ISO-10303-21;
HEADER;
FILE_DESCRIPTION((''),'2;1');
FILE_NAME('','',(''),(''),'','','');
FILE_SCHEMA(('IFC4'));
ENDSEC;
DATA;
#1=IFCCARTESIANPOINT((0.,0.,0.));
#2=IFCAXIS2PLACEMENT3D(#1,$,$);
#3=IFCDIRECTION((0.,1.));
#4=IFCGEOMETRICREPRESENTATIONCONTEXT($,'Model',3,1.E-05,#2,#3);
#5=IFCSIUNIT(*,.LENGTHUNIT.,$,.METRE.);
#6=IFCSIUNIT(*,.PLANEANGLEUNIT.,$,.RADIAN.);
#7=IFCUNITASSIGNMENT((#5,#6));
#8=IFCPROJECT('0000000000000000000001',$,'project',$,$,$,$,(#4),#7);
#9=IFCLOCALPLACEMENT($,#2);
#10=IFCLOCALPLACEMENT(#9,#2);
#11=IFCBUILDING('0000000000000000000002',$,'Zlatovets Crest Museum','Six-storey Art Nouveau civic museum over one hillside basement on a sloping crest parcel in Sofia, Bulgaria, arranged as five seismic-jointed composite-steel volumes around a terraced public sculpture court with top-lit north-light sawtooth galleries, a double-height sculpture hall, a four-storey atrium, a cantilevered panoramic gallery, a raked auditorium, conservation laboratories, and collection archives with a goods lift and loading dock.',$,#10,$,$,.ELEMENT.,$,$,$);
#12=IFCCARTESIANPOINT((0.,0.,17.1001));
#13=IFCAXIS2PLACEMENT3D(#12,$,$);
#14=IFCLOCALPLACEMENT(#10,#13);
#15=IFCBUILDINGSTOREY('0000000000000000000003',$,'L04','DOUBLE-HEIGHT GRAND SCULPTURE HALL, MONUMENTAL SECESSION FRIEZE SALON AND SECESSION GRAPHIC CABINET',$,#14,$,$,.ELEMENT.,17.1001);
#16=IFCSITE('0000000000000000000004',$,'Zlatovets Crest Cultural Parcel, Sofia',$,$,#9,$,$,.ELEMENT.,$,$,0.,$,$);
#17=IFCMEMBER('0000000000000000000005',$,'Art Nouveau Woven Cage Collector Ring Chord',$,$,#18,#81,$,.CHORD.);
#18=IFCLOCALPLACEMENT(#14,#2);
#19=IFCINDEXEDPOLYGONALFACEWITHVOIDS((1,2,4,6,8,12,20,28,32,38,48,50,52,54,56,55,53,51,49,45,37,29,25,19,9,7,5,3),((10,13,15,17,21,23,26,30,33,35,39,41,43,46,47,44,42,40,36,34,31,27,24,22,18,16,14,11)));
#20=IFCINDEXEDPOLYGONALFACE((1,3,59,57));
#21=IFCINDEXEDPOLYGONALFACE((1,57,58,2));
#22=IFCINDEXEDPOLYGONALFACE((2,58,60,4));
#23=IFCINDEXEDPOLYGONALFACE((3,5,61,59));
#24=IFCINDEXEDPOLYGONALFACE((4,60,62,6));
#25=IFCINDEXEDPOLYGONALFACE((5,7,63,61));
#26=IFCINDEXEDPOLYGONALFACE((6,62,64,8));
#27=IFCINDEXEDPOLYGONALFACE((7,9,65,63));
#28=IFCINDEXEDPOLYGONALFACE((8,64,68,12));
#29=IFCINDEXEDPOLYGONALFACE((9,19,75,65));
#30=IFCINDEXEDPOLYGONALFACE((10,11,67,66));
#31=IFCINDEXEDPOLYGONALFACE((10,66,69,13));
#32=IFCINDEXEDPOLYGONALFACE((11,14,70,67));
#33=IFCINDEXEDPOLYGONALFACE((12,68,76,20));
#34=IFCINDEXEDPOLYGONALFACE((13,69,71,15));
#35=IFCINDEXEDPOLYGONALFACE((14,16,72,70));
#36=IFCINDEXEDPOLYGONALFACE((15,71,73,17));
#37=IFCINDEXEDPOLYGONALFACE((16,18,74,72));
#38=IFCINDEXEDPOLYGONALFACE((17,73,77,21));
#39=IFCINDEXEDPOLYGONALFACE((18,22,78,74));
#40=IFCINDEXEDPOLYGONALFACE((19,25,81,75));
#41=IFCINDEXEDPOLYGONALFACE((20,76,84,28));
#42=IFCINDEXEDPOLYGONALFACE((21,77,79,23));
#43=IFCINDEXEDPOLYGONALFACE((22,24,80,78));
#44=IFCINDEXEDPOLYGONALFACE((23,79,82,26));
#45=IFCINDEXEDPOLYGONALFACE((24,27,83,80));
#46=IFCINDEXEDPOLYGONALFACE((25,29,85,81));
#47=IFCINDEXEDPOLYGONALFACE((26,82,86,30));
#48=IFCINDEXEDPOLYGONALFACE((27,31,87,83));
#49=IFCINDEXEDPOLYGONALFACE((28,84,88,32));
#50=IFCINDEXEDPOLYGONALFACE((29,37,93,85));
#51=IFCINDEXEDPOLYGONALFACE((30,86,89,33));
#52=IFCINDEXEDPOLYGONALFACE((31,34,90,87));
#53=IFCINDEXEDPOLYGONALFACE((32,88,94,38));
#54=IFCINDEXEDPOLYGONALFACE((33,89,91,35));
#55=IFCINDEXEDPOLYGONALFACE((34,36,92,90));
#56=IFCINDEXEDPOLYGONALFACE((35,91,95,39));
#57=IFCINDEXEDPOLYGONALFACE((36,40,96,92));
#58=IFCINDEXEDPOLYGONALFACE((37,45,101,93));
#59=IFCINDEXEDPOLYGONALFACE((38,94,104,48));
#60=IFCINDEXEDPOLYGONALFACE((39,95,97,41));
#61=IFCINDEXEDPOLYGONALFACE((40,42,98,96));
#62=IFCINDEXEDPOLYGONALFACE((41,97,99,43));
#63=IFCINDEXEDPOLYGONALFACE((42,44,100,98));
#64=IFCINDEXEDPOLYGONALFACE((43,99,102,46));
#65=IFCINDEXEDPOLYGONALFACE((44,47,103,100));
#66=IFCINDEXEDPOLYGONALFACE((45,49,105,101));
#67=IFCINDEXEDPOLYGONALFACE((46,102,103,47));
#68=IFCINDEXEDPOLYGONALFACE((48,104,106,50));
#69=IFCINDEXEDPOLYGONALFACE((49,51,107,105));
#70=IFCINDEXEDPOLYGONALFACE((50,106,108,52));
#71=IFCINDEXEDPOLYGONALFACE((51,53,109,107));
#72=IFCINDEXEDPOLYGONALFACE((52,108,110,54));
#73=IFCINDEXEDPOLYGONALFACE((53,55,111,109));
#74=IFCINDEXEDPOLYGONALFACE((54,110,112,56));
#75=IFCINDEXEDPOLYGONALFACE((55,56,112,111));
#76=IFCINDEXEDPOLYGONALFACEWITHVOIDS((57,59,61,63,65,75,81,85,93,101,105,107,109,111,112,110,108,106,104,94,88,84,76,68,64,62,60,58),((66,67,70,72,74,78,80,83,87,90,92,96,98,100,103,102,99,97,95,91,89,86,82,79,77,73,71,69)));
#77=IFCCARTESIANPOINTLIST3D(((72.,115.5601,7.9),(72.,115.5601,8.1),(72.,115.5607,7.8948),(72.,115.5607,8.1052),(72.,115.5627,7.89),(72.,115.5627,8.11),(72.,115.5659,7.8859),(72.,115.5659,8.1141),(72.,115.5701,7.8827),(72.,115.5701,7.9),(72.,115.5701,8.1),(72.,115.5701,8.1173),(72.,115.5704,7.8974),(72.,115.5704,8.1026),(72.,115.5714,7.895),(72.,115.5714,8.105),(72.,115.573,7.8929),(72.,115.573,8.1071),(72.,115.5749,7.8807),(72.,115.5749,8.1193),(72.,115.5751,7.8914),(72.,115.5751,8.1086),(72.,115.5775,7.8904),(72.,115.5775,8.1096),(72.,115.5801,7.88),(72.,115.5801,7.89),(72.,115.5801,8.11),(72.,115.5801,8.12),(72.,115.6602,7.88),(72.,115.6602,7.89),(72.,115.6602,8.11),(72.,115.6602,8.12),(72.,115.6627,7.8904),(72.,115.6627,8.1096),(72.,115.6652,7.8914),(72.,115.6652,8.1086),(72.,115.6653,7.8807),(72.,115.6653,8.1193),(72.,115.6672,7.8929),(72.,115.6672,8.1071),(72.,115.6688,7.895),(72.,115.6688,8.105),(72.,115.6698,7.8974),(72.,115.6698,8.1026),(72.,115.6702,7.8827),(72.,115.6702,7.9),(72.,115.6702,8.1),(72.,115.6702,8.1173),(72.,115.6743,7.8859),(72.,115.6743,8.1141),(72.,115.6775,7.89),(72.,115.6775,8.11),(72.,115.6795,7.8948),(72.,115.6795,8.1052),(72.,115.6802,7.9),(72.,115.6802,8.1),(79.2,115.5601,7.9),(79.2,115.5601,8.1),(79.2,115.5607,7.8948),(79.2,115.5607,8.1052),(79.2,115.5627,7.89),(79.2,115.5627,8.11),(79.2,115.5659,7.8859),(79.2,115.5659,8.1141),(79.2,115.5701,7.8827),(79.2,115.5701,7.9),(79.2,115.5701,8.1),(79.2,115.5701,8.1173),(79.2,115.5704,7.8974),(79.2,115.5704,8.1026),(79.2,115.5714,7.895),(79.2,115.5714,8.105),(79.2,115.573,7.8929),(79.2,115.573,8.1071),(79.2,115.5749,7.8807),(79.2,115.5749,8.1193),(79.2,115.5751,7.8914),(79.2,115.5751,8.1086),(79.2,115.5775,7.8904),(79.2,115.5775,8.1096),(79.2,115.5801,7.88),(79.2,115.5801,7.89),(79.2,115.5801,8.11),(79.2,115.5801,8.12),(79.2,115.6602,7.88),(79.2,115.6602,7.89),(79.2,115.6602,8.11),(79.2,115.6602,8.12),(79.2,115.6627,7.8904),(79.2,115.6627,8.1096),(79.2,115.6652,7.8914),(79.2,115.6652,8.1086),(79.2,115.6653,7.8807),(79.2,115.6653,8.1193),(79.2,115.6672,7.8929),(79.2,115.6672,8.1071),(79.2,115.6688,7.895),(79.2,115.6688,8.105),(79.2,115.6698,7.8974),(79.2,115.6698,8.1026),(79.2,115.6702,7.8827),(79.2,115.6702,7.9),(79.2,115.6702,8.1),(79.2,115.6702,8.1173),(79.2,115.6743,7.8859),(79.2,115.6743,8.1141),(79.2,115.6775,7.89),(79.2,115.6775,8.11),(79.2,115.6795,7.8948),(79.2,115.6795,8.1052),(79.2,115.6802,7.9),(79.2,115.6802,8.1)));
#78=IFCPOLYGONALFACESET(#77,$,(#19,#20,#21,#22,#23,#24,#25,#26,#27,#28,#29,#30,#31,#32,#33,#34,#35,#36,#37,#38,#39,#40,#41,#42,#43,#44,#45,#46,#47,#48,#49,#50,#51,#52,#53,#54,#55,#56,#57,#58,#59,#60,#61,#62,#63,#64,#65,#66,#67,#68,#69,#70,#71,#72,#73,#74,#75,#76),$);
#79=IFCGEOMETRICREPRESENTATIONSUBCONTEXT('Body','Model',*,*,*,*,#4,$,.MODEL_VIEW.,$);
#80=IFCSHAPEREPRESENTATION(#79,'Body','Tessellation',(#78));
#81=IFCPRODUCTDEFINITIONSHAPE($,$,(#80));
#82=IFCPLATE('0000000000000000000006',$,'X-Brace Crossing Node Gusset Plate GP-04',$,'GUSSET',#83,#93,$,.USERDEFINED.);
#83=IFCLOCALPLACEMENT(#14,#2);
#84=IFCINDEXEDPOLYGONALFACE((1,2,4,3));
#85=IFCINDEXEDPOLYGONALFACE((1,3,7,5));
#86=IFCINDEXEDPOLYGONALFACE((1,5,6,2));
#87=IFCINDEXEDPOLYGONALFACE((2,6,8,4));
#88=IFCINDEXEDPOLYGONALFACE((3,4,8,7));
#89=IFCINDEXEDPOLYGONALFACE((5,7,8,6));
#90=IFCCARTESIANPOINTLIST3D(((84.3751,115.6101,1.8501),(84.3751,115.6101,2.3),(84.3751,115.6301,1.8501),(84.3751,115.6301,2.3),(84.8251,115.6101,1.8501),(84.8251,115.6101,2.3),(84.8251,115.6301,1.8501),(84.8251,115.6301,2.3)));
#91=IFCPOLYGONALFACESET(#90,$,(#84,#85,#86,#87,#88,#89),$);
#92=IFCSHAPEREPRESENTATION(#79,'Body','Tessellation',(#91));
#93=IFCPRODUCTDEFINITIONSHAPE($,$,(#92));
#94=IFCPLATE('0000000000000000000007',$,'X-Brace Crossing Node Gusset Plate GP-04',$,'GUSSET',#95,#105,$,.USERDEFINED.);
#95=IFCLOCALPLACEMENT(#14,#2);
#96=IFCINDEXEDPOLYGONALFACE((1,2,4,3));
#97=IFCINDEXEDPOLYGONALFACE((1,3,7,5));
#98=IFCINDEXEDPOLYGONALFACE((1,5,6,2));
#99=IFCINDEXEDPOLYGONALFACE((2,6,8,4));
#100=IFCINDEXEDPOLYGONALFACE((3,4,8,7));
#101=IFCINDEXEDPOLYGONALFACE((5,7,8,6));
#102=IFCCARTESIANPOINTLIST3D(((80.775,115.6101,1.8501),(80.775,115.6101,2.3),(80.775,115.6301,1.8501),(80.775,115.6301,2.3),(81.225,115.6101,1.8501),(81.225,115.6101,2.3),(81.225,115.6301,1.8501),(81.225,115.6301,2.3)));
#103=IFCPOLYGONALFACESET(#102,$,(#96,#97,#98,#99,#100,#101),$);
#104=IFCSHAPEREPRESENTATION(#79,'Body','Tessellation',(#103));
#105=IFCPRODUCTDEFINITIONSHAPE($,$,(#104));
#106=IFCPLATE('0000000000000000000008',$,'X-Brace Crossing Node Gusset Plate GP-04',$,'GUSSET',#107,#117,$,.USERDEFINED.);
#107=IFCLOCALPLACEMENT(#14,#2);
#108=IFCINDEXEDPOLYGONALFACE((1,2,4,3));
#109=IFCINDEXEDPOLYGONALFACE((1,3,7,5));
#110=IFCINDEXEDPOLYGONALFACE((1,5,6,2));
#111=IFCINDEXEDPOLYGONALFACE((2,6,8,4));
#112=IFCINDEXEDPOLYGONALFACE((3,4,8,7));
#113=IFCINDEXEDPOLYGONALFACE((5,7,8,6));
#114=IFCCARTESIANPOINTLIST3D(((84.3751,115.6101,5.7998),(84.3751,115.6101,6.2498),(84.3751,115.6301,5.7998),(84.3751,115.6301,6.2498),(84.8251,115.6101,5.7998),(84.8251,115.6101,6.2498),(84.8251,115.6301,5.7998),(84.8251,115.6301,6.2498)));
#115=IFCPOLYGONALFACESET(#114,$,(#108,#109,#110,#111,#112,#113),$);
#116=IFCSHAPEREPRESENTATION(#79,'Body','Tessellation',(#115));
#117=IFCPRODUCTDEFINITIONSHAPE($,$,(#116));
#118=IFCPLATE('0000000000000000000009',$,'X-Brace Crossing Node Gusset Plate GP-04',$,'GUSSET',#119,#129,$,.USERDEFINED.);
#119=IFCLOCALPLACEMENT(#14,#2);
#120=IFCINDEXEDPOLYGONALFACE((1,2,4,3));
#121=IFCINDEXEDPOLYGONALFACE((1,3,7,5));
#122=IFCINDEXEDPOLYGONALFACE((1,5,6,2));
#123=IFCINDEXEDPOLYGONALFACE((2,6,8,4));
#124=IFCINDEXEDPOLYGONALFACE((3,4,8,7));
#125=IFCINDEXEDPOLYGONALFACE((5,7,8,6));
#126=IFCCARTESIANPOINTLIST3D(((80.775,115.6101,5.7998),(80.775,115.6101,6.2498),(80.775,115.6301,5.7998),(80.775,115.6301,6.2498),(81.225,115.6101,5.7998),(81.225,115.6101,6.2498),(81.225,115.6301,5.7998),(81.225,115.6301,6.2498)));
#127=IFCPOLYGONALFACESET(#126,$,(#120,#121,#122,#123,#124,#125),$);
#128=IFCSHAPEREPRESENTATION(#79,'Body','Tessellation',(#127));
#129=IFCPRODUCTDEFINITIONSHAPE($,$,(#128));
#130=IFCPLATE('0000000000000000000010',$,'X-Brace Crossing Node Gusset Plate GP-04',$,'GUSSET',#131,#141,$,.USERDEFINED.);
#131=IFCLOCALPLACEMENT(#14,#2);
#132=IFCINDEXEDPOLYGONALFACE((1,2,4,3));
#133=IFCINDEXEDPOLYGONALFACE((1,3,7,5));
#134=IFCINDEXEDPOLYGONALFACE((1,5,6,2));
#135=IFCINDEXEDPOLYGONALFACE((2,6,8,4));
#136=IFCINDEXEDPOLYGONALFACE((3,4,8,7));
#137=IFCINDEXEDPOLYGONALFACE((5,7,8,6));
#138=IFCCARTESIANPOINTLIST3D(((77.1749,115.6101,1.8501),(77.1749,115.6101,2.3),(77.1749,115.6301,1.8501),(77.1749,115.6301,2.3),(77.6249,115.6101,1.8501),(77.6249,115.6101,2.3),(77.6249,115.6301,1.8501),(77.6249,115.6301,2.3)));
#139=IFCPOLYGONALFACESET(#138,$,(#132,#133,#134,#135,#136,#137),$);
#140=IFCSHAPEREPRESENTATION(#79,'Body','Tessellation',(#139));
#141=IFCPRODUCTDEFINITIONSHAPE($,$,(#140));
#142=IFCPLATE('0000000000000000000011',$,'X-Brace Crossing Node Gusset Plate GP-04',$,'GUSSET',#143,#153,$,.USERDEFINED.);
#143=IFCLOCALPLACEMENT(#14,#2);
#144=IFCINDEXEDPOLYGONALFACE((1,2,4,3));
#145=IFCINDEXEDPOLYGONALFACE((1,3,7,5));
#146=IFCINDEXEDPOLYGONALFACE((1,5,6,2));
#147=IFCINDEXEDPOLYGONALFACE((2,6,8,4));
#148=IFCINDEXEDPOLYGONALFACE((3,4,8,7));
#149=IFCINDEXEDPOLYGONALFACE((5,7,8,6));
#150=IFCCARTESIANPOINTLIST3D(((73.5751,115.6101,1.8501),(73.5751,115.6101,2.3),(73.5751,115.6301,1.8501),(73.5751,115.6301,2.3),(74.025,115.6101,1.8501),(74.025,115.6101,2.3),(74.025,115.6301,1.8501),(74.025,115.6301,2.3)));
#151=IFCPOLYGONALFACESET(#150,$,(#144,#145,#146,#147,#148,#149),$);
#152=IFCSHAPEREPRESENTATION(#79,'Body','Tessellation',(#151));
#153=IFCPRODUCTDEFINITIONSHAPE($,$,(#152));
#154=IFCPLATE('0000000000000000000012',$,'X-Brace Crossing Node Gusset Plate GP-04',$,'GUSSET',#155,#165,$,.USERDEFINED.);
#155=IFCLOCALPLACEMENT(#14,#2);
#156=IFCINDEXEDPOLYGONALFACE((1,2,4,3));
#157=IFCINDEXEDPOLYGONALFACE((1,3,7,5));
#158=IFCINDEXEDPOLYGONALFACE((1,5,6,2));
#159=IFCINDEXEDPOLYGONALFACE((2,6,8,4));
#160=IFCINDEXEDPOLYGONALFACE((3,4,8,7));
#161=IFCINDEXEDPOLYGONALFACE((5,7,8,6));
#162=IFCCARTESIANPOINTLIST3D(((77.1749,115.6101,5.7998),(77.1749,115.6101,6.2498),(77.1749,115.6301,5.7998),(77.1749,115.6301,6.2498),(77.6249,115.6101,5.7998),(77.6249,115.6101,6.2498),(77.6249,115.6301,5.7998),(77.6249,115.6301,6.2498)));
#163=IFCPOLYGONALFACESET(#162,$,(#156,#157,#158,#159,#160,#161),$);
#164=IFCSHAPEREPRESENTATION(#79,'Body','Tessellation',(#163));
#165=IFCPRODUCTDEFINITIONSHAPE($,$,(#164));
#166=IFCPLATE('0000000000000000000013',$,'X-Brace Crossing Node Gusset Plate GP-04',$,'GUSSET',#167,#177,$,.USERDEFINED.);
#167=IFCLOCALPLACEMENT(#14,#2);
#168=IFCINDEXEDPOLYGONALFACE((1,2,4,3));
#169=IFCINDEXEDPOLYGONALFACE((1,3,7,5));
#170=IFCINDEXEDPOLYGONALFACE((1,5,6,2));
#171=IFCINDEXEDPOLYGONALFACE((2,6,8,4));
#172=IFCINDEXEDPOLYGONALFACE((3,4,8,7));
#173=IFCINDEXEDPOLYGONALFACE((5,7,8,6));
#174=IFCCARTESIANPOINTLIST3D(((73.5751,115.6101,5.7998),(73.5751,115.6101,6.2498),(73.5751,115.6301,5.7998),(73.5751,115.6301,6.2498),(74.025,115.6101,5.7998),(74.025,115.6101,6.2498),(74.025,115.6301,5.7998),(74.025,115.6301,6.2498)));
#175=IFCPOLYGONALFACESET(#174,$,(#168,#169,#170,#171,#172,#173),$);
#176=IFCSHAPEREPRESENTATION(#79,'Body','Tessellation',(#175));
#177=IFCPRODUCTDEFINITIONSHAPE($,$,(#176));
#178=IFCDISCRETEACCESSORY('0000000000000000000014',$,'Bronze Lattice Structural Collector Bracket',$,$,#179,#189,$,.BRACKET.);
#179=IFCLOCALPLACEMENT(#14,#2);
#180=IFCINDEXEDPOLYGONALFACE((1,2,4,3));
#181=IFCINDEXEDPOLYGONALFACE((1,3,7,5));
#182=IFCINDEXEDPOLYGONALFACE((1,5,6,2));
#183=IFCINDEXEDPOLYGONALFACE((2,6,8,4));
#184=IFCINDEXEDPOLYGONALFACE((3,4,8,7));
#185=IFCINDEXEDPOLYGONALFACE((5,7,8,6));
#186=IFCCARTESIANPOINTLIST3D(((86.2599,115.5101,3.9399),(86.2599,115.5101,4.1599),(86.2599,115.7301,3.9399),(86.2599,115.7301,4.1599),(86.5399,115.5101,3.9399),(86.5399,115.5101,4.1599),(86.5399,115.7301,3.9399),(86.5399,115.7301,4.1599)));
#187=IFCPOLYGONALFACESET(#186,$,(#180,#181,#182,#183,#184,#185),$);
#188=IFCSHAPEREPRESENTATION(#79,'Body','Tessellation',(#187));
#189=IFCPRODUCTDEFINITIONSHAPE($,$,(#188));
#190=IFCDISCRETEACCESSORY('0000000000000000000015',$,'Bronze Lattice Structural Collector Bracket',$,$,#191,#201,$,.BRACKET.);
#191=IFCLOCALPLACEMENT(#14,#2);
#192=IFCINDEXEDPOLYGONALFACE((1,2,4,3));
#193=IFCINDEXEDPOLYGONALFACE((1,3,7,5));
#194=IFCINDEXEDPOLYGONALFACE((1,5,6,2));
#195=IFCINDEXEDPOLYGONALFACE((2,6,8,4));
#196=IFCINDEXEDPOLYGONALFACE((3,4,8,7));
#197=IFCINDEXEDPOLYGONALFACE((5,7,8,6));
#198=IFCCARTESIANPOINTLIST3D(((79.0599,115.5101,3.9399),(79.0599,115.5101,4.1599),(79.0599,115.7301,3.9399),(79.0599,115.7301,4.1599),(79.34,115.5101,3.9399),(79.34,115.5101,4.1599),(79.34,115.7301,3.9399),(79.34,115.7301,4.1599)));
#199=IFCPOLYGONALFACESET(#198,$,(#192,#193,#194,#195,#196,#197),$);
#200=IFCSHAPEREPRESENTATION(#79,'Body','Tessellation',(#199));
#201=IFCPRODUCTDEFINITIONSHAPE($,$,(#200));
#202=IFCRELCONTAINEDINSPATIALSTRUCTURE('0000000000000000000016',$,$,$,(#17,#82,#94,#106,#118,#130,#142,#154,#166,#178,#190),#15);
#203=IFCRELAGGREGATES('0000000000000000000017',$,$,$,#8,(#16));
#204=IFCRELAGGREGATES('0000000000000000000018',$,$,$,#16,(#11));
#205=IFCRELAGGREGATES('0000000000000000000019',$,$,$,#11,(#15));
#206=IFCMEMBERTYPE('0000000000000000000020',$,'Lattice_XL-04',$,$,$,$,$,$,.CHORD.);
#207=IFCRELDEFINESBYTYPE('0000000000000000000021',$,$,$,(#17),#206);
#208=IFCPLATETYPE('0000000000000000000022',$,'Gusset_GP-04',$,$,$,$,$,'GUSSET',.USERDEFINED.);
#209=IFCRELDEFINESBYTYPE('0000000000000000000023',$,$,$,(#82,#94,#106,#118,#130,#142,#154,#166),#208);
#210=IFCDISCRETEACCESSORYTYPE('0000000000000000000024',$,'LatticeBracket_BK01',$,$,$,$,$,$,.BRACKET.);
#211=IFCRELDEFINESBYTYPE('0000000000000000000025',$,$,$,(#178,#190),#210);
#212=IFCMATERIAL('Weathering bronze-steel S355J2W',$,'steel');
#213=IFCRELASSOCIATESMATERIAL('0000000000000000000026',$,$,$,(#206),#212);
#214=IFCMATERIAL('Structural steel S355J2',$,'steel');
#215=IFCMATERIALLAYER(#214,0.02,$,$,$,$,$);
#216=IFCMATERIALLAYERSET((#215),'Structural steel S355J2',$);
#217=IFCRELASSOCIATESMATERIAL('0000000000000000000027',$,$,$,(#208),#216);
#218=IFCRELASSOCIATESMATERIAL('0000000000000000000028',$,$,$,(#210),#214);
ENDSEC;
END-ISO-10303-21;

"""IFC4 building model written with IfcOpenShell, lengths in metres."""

from ifc_helpers import new_model, si_unit, direction, frame, origin, origin_2d, place, context, subcontext, project, spatial, rectangle, hollow_rectangle, extrude, material, layer, layer_set, material_profile, profile_set, type_object, element, save


model = new_model("IFC4")

# Units and contexts
model_context = context("Model", 3, precision=1e-05, world=origin(), true_north=direction((0.0, 1.0)))
body_context = subcontext(model_context, "Body", "Model", "MODEL_VIEW")
ifc_project = project(units=[si_unit("LENGTHUNIT", "METRE"), si_unit("PLANEANGLEUNIT", "RADIAN")], contexts=[model_context])

# Site, building, storey
site_placement = place(None, origin())
site = spatial("IfcSite", under=ifc_project, at=site_placement, Name="Zlatovets Crest Cultural Parcel, Sofia", CompositionType="ELEMENT", RefElevation=0.0)
building_placement = place(site_placement, origin())
building = spatial("IfcBuilding", under=site, at=building_placement, Name="Zlatovets Crest Museum", Description="Six-storey Art Nouveau civic museum over one hillside basement on a sloping crest parcel in Sofia, Bulgaria, arranged as five seismic-jointed composite-steel volumes around a terraced public sculpture court with top-lit north-light sawtooth galleries, a double-height sculpture hall, a four-storey atrium, a cantilevered panoramic gallery, a raked auditorium, conservation laboratories, and collection archives with a goods lift and loading dock.", CompositionType="ELEMENT")
storey_placement = place(building_placement, frame((0.0, 0.0, 17.1001)))
storey = spatial("IfcBuildingStorey", under=building, at=storey_placement, Name="L04", Description="DOUBLE-HEIGHT GRAND SCULPTURE HALL, MONUMENTAL SECESSION FRIEZE SALON AND SECESSION GRAPHIC CABINET", CompositionType="ELEMENT", Elevation=17.1001)

# Member
ifc_material_1 = material(Name="Weathering bronze-steel S355J2W", Category="steel")
ifc_material_profile_1 = material_profile(ifc_material_1, hollow_rectangle(XDim=0.1201, YDim=0.24, WallThickness=0.01, InnerFilletRadius=0.01, OuterFilletRadius=0.02, at=origin_2d()), Name="RHS 120x240x10.0")
ifc_profile_set_1 = profile_set([ifc_material_profile_1], Name="Weathering bronze-steel S355J2W")
member_type_1 = type_object("IfcMemberType", Name="Lattice_XL-04", PredefinedType="CHORD", material=ifc_profile_set_1)
for number, where, z_axis, x_axis, name in (
    (1, (79.2, 115.6201, 8.0), (-1.0, 0.0, 0.0), (0.0, -1.0, 0.0), "Art Nouveau Woven Cage Collector Ring Chord"),
):
    element("IfcMember", number, at=place(storey_placement, frame(where, z_axis=z_axis, x_axis=x_axis)), inside=storey, type_object=member_type_1, Name=name, PredefinedType="CHORD", context=body_context, shape_type="SweptSolid", body=[
        extrude(hollow_rectangle(XDim=0.1201, YDim=0.24, WallThickness=0.01, InnerFilletRadius=0.01, OuterFilletRadius=0.02, at=origin_2d()), origin(), (0.0, 0.0, 1.0), 7.2),
    ])

# Plates
ifc_material_2 = material(Name="Structural steel S355J2", Category="steel")
ifc_layer = layer(ifc_material_2, 0.02)
ifc_layer_set = layer_set([ifc_layer], Name="Structural steel S355J2")
plate_type = type_object("IfcPlateType", Name="Gusset_GP-04", ElementType="GUSSET", PredefinedType="USERDEFINED", material=ifc_layer_set)
for number, where, z_axis, x_axis, name in (
    (2, (84.6001, 115.6201, 1.8501), (0.0, 0.0, 1.0), (1.0, 0.0, 0.0), "X-Brace Crossing Node Gusset Plate GP-04"),
    (3, (81.0, 115.6201, 1.8501), (0.0, 0.0, 1.0), (1.0, 0.0, 0.0), "X-Brace Crossing Node Gusset Plate GP-04"),
    (4, (84.6001, 115.6201, 5.7998), (0.0, 0.0, 1.0), (1.0, 0.0, 0.0), "X-Brace Crossing Node Gusset Plate GP-04"),
    (5, (81.0, 115.6201, 5.7998), (0.0, 0.0, 1.0), (1.0, 0.0, 0.0), "X-Brace Crossing Node Gusset Plate GP-04"),
    (6, (77.3999, 115.6201, 1.8501), (0.0, 0.0, 1.0), (1.0, 0.0, 0.0), "X-Brace Crossing Node Gusset Plate GP-04"),
    (7, (73.8, 115.6201, 1.8501), (0.0, 0.0, 1.0), (1.0, 0.0, 0.0), "X-Brace Crossing Node Gusset Plate GP-04"),
    (8, (77.3999, 115.6201, 5.7998), (0.0, 0.0, 1.0), (1.0, 0.0, 0.0), "X-Brace Crossing Node Gusset Plate GP-04"),
    (9, (73.8, 115.6201, 5.7998), (0.0, 0.0, 1.0), (1.0, 0.0, 0.0), "X-Brace Crossing Node Gusset Plate GP-04"),
):
    element("IfcPlate", number, at=place(storey_placement, frame(where, z_axis=z_axis, x_axis=x_axis)), inside=storey, type_object=plate_type, Name=name, ObjectType="GUSSET", PredefinedType="USERDEFINED", context=body_context, shape_type="SweptSolid", body=[
        extrude(rectangle(XDim=0.45, YDim=0.02, at=origin_2d()), origin(), (0.0, 0.0, 1.0), 0.45),
    ])

# Discrete accessories
discrete_accessory_type = type_object("IfcDiscreteAccessoryType", Name="LatticeBracket_BK01", PredefinedType="BRACKET", material=ifc_material_2)
for number, where, z_axis, x_axis, name in (
    (10, (86.3999, 115.6201, 3.9399), (0.0, 0.0, 1.0), (1.0, 0.0, 0.0), "Bronze Lattice Structural Collector Bracket"),
    (11, (79.2, 115.6201, 3.9399), (0.0, 0.0, 1.0), (1.0, 0.0, 0.0), "Bronze Lattice Structural Collector Bracket"),
):
    element("IfcDiscreteAccessory", number, at=place(storey_placement, frame(where, z_axis=z_axis, x_axis=x_axis)), inside=storey, type_object=discrete_accessory_type, Name=name, PredefinedType="BRACKET", context=body_context, shape_type="SweptSolid", body=[
        extrude(rectangle(XDim=0.28, YDim=0.22, at=origin_2d()), origin(), (0.0, 0.0, 1.0), 0.22),
    ])

save(model, "model.ifc")
